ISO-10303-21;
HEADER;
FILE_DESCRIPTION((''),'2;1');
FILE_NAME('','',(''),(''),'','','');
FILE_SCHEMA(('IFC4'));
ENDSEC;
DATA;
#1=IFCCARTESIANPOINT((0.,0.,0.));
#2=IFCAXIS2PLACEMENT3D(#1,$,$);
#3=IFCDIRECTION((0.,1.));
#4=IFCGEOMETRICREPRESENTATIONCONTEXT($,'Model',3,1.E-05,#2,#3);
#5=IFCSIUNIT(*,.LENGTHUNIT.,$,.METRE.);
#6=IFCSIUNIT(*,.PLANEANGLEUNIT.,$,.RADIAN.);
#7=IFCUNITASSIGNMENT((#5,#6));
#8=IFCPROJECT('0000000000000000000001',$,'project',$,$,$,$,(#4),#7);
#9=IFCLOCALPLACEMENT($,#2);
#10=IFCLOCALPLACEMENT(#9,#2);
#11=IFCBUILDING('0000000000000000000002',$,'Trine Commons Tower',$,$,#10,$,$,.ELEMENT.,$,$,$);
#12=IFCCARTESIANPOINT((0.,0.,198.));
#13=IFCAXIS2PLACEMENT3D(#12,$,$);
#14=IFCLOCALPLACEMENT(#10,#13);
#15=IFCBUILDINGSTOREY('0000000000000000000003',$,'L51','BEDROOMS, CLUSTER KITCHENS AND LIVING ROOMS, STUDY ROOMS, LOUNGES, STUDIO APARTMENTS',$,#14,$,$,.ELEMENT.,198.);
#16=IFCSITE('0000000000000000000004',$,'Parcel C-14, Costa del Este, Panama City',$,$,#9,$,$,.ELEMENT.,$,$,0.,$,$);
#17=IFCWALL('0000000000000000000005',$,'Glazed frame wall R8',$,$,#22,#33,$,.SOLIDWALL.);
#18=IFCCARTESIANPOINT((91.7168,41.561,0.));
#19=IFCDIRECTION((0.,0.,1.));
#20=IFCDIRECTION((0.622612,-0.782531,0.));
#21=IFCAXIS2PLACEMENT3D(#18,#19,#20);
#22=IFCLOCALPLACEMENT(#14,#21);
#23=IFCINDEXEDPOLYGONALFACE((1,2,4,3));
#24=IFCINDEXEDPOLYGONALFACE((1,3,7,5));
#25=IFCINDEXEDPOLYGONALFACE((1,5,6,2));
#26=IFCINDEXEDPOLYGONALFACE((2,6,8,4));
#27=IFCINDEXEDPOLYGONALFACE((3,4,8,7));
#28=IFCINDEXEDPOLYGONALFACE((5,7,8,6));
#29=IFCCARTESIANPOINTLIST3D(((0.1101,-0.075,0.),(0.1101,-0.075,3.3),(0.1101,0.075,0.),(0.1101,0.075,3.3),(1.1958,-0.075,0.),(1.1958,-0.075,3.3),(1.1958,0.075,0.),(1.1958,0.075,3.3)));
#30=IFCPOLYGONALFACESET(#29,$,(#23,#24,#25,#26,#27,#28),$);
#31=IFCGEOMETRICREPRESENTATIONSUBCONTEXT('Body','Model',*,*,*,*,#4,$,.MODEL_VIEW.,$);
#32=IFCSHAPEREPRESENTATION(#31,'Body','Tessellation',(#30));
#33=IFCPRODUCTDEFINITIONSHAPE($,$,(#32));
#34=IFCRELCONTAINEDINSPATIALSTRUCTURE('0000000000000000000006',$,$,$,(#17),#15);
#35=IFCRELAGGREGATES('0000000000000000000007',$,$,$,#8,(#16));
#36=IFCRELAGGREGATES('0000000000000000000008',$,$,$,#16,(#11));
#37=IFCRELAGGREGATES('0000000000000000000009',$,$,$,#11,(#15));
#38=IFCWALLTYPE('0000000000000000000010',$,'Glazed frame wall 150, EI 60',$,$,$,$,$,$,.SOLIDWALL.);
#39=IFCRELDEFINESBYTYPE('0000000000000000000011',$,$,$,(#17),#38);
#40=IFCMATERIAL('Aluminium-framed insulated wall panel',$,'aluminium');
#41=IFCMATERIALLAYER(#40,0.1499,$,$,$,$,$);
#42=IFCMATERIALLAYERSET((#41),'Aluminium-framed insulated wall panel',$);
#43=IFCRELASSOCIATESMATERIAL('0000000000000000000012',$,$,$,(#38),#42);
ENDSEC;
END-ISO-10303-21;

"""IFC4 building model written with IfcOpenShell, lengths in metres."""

from ifc_helpers import new_model, si_unit, direction, frame, origin, place, context, subcontext, project, spatial, polyline, outline, extrude, material, layer, layer_set, type_object, element, save


model = new_model("IFC4")

# Units and contexts
model_context = context("Model", 3, precision=1e-05, world=origin(), true_north=direction((0.0, 1.0)))
body_context = subcontext(model_context, "Body", "Model", "MODEL_VIEW")
ifc_project = project(units=[si_unit("LENGTHUNIT", "METRE"), si_unit("PLANEANGLEUNIT", "RADIAN")], contexts=[model_context])

# Site, building, storey
site_placement = place(None, origin())
site = spatial("IfcSite", under=ifc_project, at=site_placement, Name="Parcel C-14, Costa del Este, Panama City", CompositionType="ELEMENT", RefElevation=0.0)
building_placement = place(site_placement, origin())
building = spatial("IfcBuilding", under=site, at=building_placement, Name="Trine Commons Tower", CompositionType="ELEMENT")
storey_placement = place(building_placement, frame((0.0, 0.0, 198.0)))
storey = spatial("IfcBuildingStorey", under=building, at=storey_placement, Name="L51", Description="BEDROOMS, CLUSTER KITCHENS AND LIVING ROOMS, STUDY ROOMS, LOUNGES, STUDIO APARTMENTS", CompositionType="ELEMENT", Elevation=198.0)

# Wall
ifc_material_1 = material(Name="Aluminium-framed insulated wall panel", Category="aluminium")
ifc_layer_1 = layer(ifc_material_1, 0.1499)
ifc_layer_set_1 = layer_set([ifc_layer_1], Name="Aluminium-framed insulated wall panel")
wall_type_1 = type_object("IfcWallType", Name="Glazed frame wall 150, EI 60", PredefinedType="SOLIDWALL", material=ifc_layer_set_1)
wall_1_placement = place(storey_placement, frame((91.7168, 41.561, 0.0), z_axis=(0.0, 0.0, 1.0), x_axis=(0.622612, -0.782531, 0.0)))
element("IfcWall", 1, at=wall_1_placement, inside=storey, type_object=wall_type_1, Name="Glazed frame wall R8", PredefinedType="SOLIDWALL", context=body_context, shape_type="SweptSolid", body=[
    extrude(outline(polyline([(0.1101, 0.075), (0.1101, -0.075), (1.1958, -0.075), (1.1958, 0.075), (0.1101, 0.075)])), origin(), (0.0, 0.0, 1.0), 3.3),
])

save(model, "model.ifc")
